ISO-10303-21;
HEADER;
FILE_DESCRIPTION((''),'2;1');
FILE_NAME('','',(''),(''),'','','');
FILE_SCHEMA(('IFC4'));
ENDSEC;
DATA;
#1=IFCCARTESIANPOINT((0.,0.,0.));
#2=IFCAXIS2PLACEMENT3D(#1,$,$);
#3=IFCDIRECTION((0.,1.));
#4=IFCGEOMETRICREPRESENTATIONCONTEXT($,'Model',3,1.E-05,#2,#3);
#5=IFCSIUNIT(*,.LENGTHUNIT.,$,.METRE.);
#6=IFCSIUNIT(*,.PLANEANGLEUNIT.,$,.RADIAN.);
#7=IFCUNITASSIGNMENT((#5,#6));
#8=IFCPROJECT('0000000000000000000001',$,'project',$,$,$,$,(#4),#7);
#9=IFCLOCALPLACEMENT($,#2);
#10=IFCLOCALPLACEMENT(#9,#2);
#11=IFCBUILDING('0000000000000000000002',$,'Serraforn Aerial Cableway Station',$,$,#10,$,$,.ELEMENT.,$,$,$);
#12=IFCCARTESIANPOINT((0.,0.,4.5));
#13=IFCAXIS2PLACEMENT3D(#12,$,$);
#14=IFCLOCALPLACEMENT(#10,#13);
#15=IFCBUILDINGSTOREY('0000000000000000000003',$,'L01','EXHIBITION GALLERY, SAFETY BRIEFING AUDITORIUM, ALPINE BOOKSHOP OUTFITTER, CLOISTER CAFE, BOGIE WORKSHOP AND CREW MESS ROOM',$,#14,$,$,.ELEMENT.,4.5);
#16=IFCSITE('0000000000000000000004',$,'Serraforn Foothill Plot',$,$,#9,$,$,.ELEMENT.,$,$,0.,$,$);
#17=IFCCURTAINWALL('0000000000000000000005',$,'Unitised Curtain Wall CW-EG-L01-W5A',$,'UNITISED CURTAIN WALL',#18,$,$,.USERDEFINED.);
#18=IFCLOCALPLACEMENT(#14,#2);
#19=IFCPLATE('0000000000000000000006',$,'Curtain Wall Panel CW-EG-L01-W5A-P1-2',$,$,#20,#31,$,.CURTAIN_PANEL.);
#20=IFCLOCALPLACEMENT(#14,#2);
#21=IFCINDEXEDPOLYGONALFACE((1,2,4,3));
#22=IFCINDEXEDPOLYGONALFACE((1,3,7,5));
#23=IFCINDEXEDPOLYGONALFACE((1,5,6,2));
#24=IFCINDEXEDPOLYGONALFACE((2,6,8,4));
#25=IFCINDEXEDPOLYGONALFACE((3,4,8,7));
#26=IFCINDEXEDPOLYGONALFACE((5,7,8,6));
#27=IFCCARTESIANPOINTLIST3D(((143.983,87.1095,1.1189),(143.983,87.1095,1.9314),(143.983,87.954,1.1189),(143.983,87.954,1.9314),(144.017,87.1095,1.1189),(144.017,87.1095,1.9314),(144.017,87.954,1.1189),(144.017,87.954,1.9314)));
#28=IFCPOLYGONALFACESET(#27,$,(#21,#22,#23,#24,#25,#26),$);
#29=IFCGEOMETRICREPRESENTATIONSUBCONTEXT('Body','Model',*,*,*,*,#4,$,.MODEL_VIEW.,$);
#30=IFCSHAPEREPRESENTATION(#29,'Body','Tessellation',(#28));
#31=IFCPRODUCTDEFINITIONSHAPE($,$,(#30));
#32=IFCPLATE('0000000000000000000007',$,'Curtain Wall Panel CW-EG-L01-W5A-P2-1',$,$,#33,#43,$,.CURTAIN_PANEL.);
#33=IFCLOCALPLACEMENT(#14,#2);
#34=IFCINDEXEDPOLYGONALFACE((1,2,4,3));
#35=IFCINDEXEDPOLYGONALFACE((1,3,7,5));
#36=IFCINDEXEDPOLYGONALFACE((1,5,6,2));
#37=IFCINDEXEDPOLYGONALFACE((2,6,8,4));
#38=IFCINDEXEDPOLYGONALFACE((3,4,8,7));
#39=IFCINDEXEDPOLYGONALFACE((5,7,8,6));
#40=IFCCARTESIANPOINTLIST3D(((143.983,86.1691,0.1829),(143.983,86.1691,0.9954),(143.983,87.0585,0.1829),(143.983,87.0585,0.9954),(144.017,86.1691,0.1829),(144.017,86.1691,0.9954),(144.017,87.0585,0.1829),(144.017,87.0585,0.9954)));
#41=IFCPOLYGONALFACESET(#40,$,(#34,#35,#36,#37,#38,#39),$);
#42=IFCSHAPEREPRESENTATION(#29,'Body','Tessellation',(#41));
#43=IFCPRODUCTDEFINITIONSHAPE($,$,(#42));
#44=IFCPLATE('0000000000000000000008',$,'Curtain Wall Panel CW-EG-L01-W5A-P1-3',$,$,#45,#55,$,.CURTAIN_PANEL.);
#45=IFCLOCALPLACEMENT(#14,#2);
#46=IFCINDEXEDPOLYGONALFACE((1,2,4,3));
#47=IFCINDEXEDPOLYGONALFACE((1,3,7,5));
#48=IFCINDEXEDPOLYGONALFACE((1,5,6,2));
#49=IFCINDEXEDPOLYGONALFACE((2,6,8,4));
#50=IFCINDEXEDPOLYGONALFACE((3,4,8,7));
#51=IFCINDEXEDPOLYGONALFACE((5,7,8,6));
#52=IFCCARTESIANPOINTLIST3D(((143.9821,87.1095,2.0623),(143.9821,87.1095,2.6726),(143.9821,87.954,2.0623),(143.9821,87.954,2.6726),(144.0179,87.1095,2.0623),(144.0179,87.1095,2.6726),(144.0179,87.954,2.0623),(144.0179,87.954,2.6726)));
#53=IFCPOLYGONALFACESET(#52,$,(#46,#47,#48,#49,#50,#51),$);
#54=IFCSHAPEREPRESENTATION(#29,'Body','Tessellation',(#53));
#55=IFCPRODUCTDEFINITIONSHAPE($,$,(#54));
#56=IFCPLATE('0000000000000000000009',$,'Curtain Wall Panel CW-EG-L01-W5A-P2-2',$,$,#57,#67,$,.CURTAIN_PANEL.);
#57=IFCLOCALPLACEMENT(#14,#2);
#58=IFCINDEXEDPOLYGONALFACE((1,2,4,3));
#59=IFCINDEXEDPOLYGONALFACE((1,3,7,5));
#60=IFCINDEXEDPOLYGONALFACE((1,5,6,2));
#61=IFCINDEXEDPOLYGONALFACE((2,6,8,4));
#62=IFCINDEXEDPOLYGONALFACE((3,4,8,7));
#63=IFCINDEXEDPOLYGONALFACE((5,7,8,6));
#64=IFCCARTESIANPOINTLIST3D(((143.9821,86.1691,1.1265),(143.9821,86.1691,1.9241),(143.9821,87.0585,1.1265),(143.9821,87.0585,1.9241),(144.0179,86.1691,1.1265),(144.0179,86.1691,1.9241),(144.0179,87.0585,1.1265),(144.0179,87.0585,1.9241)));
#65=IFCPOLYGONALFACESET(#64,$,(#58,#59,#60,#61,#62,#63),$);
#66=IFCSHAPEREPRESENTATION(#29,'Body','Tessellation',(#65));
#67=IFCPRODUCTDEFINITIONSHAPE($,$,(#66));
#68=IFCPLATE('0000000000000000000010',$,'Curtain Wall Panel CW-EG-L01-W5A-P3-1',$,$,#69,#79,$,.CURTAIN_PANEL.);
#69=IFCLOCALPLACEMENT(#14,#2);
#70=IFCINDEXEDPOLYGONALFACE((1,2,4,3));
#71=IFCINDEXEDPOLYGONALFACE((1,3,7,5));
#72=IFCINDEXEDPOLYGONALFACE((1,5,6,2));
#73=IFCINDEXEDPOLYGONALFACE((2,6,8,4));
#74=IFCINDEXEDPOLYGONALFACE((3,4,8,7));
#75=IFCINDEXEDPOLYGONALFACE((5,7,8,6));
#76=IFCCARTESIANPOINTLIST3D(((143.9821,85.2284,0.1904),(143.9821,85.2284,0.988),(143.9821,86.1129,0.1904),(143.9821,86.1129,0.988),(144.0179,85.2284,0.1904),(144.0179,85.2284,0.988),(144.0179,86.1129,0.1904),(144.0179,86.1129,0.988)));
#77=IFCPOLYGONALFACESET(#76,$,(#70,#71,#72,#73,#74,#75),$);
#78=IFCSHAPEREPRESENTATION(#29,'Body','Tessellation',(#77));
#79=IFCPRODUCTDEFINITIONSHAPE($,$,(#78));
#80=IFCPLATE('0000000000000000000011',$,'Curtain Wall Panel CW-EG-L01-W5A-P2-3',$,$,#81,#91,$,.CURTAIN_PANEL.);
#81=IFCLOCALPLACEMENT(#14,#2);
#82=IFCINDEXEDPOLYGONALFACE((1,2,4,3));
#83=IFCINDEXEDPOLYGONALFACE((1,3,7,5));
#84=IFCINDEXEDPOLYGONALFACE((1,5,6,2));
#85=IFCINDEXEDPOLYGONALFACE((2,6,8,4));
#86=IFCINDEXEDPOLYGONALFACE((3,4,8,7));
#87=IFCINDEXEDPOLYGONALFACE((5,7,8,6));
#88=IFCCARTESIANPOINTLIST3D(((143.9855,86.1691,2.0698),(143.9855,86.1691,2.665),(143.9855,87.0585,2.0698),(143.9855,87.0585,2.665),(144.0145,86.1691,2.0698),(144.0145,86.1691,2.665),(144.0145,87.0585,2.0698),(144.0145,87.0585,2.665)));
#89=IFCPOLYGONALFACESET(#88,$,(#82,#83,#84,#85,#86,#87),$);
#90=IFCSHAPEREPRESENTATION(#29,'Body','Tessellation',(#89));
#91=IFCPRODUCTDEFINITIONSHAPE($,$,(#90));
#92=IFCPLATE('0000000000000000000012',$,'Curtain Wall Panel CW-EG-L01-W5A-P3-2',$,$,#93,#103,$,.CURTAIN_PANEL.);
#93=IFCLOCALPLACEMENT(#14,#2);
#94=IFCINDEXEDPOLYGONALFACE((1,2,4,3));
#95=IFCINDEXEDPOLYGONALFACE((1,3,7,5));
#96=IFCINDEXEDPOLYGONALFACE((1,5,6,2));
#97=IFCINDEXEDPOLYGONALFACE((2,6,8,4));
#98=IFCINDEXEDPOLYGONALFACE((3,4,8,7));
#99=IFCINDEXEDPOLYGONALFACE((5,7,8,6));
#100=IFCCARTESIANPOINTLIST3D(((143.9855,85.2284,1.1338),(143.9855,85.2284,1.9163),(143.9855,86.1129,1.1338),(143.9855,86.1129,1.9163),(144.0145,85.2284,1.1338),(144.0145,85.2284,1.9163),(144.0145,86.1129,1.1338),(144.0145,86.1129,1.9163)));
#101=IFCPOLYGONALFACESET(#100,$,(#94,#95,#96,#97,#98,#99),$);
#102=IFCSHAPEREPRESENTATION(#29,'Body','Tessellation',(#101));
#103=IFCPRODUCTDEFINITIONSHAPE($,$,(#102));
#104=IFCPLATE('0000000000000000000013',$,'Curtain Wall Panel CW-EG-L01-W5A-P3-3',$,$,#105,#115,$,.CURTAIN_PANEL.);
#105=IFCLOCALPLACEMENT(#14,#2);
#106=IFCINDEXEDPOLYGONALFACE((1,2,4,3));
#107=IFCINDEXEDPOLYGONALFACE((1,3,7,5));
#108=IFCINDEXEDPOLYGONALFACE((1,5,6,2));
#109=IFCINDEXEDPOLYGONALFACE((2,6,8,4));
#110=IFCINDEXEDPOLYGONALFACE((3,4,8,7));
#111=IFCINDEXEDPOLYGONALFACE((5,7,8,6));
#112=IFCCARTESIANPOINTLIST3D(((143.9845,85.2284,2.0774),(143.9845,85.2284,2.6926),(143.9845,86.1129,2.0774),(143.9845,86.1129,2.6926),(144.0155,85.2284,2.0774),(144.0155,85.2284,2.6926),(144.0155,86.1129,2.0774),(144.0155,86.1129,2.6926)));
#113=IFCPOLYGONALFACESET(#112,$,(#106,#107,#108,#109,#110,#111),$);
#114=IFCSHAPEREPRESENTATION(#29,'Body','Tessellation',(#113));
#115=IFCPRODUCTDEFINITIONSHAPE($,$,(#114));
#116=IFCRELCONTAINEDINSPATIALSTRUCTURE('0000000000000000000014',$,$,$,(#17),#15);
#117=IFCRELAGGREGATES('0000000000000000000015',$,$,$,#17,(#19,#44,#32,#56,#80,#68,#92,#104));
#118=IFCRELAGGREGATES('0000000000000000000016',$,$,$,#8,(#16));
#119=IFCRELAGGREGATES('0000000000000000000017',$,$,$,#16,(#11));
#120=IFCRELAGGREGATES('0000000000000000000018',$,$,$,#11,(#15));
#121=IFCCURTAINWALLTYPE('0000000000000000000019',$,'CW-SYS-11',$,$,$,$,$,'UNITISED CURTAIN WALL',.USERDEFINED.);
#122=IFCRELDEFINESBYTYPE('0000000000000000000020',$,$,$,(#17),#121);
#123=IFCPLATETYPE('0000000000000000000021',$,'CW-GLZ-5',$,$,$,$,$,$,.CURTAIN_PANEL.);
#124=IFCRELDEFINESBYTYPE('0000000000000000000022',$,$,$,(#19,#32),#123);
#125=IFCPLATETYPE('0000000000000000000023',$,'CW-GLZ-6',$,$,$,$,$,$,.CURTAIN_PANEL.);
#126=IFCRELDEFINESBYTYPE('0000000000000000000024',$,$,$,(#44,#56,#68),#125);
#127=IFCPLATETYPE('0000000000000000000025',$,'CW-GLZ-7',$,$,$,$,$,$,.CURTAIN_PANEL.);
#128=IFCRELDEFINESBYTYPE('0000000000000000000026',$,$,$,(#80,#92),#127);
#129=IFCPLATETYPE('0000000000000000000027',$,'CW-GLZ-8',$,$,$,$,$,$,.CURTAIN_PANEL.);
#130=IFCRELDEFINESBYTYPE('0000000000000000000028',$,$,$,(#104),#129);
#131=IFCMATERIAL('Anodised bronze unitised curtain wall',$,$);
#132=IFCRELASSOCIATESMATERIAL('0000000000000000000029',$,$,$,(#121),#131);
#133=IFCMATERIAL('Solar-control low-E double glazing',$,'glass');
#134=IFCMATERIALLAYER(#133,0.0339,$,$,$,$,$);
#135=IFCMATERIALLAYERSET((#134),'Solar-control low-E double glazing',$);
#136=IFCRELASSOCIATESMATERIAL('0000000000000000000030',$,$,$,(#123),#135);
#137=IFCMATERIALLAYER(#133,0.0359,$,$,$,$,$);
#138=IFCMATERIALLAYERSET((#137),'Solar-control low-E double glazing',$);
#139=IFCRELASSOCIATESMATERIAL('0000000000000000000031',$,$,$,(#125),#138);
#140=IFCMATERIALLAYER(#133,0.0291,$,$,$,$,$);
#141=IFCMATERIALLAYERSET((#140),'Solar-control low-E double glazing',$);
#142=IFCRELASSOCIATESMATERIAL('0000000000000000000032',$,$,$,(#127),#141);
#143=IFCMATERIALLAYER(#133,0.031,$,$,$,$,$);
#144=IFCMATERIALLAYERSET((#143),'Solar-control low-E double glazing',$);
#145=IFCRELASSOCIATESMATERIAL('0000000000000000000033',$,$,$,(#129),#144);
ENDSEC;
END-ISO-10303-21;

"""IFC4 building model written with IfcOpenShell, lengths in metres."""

from ifc_helpers import new_model, si_unit, direction, frame, origin, origin_2d, place, context, subcontext, project, spatial, rectangle, extrude, material, layer, layer_set, type_object, element, aggregate, save


model = new_model("IFC4")

# Units and contexts
model_context = context("Model", 3, precision=1e-05, world=origin(), true_north=direction((0.0, 1.0)))
body_context = subcontext(model_context, "Body", "Model", "MODEL_VIEW")
ifc_project = project(units=[si_unit("LENGTHUNIT", "METRE"), si_unit("PLANEANGLEUNIT", "RADIAN")], contexts=[model_context])

# Site, building, storey
site_placement = place(None, origin())
site = spatial("IfcSite", under=ifc_project, at=site_placement, Name="Serraforn Foothill Plot", CompositionType="ELEMENT", RefElevation=0.0)
building_placement = place(site_placement, origin())
building = spatial("IfcBuilding", under=site, at=building_placement, Name="Serraforn Aerial Cableway Station", CompositionType="ELEMENT")
storey_placement = place(building_placement, frame((0.0, 0.0, 4.5)))
storey = spatial("IfcBuildingStorey", under=building, at=storey_placement, Name="L01", Description="EXHIBITION GALLERY, SAFETY BRIEFING AUDITORIUM, ALPINE BOOKSHOP OUTFITTER, CLOISTER CAFE, BOGIE WORKSHOP AND CREW MESS ROOM", CompositionType="ELEMENT", Elevation=4.5)

# Curtain wall, plates
ifc_material_1 = material(Name="Anodised bronze unitised curtain wall")
curtain_wall_type = type_object("IfcCurtainWallType", Name="CW-SYS-11", ElementType="UNITISED CURTAIN WALL", PredefinedType="USERDEFINED", material=ifc_material_1)
curtain_wall_placement = place(storey_placement, origin())
curtain_wall = element("IfcCurtainWall", 1, at=curtain_wall_placement, inside=storey, type_object=curtain_wall_type, Name="Unitised Curtain Wall CW-EG-L01-W5A", ObjectType="UNITISED CURTAIN WALL", PredefinedType="USERDEFINED")
ifc_material_2 = material(Name="Solar-control low-E double glazing", Category="glass")
ifc_layer_1 = layer(ifc_material_2, 0.0339)
ifc_layer_set_1 = layer_set([ifc_layer_1], Name="Solar-control low-E double glazing")
plate_type_1 = type_object("IfcPlateType", Name="CW-GLZ-5", PredefinedType="CURTAIN_PANEL", material=ifc_layer_set_1)
plate_1_placement = place(storey_placement, frame((144.0, 87.5317, 1.1189), z_axis=(0.0, 0.0, 1.0), x_axis=(1.0, 0.0, 0.0)))
plate_1 = element("IfcPlate", 2, at=plate_1_placement, type_object=plate_type_1, Name="Curtain Wall Panel CW-EG-L01-W5A-P1-2", PredefinedType="CURTAIN_PANEL", context=body_context, shape_type="SweptSolid", body=[
    extrude(rectangle(XDim=0.0339, YDim=0.8445, at=origin_2d()), origin(), (0.0, 0.0, 1.0), 0.8125),
])
plate_2_placement = place(storey_placement, frame((144.0, 86.6138, 0.1829), z_axis=(0.0, 0.0, 1.0), x_axis=(1.0, 0.0, 0.0)))
plate_2 = element("IfcPlate", 3, at=plate_2_placement, type_object=plate_type_1, Name="Curtain Wall Panel CW-EG-L01-W5A-P2-1", PredefinedType="CURTAIN_PANEL", context=body_context, shape_type="SweptSolid", body=[
    extrude(rectangle(XDim=0.0339, YDim=0.8894, at=origin_2d()), origin(), (0.0, 0.0, 1.0), 0.8125),
])
ifc_layer_2 = layer(ifc_material_2, 0.0359)
ifc_layer_set_2 = layer_set([ifc_layer_2], Name="Solar-control low-E double glazing")
plate_type_2 = type_object("IfcPlateType", Name="CW-GLZ-6", PredefinedType="CURTAIN_PANEL", material=ifc_layer_set_2)
plate_3_placement = place(storey_placement, frame((144.0, 87.5317, 2.0623), z_axis=(0.0, 0.0, 1.0), x_axis=(1.0, 0.0, 0.0)))
plate_3 = element("IfcPlate", 4, at=plate_3_placement, type_object=plate_type_2, Name="Curtain Wall Panel CW-EG-L01-W5A-P1-3", PredefinedType="CURTAIN_PANEL", context=body_context, shape_type="SweptSolid", body=[
    extrude(rectangle(XDim=0.0359, YDim=0.8445, at=origin_2d()), origin(), (0.0, 0.0, 1.0), 0.6104),
])
plate_4_placement = place(storey_placement, frame((144.0, 86.6138, 1.1265), z_axis=(0.0, 0.0, 1.0), x_axis=(1.0, 0.0, 0.0)))
plate_4 = element("IfcPlate", 5, at=plate_4_placement, type_object=plate_type_2, Name="Curtain Wall Panel CW-EG-L01-W5A-P2-2", PredefinedType="CURTAIN_PANEL", context=body_context, shape_type="SweptSolid", body=[
    extrude(rectangle(XDim=0.0359, YDim=0.8894, at=origin_2d()), origin(), (0.0, 0.0, 1.0), 0.7976),
])
plate_5_placement = place(storey_placement, frame((144.0, 85.6707, 0.1904), z_axis=(0.0, 0.0, 1.0), x_axis=(1.0, 0.0, 0.0)))
plate_5 = element("IfcPlate", 6, at=plate_5_placement, type_object=plate_type_2, Name="Curtain Wall Panel CW-EG-L01-W5A-P3-1", PredefinedType="CURTAIN_PANEL", context=body_context, shape_type="SweptSolid", body=[
    extrude(rectangle(XDim=0.0359, YDim=0.8845, at=origin_2d()), origin(), (0.0, 0.0, 1.0), 0.7976),
])
ifc_layer_3 = layer(ifc_material_2, 0.0291)
ifc_layer_set_3 = layer_set([ifc_layer_3], Name="Solar-control low-E double glazing")
plate_type_3 = type_object("IfcPlateType", Name="CW-GLZ-7", PredefinedType="CURTAIN_PANEL", material=ifc_layer_set_3)
plate_6_placement = place(storey_placement, frame((144.0, 86.6138, 2.0698), z_axis=(0.0, 0.0, 1.0), x_axis=(1.0, 0.0, 0.0)))
plate_6 = element("IfcPlate", 7, at=plate_6_placement, type_object=plate_type_3, Name="Curtain Wall Panel CW-EG-L01-W5A-P2-3", PredefinedType="CURTAIN_PANEL", context=body_context, shape_type="SweptSolid", body=[
    extrude(rectangle(XDim=0.0291, YDim=0.8894, at=origin_2d()), origin(), (0.0, 0.0, 1.0), 0.5952),
])
plate_7_placement = place(storey_placement, frame((144.0, 85.6707, 1.1338), z_axis=(0.0, 0.0, 1.0), x_axis=(1.0, 0.0, 0.0)))
plate_7 = element("IfcPlate", 8, at=plate_7_placement, type_object=plate_type_3, Name="Curtain Wall Panel CW-EG-L01-W5A-P3-2", PredefinedType="CURTAIN_PANEL", context=body_context, shape_type="SweptSolid", body=[
    extrude(rectangle(XDim=0.0291, YDim=0.8845, at=origin_2d()), origin(), (0.0, 0.0, 1.0), 0.7825),
])
ifc_layer_4 = layer(ifc_material_2, 0.031)
ifc_layer_set_4 = layer_set([ifc_layer_4], Name="Solar-control low-E double glazing")
plate_type_4 = type_object("IfcPlateType", Name="CW-GLZ-8", PredefinedType="CURTAIN_PANEL", material=ifc_layer_set_4)
plate_8_placement = place(storey_placement, frame((144.0, 85.6707, 2.0774), z_axis=(0.0, 0.0, 1.0), x_axis=(1.0, 0.0, 0.0)))
plate_8 = element("IfcPlate", 9, at=plate_8_placement, type_object=plate_type_4, Name="Curtain Wall Panel CW-EG-L01-W5A-P3-3", PredefinedType="CURTAIN_PANEL", context=body_context, shape_type="SweptSolid", body=[
    extrude(rectangle(XDim=0.031, YDim=0.8845, at=origin_2d()), origin(), (0.0, 0.0, 1.0), 0.6152),
])
aggregate(curtain_wall, [plate_1, plate_3, plate_2, plate_4, plate_6, plate_5, plate_7, plate_8])

save(model, "model.ifc")
